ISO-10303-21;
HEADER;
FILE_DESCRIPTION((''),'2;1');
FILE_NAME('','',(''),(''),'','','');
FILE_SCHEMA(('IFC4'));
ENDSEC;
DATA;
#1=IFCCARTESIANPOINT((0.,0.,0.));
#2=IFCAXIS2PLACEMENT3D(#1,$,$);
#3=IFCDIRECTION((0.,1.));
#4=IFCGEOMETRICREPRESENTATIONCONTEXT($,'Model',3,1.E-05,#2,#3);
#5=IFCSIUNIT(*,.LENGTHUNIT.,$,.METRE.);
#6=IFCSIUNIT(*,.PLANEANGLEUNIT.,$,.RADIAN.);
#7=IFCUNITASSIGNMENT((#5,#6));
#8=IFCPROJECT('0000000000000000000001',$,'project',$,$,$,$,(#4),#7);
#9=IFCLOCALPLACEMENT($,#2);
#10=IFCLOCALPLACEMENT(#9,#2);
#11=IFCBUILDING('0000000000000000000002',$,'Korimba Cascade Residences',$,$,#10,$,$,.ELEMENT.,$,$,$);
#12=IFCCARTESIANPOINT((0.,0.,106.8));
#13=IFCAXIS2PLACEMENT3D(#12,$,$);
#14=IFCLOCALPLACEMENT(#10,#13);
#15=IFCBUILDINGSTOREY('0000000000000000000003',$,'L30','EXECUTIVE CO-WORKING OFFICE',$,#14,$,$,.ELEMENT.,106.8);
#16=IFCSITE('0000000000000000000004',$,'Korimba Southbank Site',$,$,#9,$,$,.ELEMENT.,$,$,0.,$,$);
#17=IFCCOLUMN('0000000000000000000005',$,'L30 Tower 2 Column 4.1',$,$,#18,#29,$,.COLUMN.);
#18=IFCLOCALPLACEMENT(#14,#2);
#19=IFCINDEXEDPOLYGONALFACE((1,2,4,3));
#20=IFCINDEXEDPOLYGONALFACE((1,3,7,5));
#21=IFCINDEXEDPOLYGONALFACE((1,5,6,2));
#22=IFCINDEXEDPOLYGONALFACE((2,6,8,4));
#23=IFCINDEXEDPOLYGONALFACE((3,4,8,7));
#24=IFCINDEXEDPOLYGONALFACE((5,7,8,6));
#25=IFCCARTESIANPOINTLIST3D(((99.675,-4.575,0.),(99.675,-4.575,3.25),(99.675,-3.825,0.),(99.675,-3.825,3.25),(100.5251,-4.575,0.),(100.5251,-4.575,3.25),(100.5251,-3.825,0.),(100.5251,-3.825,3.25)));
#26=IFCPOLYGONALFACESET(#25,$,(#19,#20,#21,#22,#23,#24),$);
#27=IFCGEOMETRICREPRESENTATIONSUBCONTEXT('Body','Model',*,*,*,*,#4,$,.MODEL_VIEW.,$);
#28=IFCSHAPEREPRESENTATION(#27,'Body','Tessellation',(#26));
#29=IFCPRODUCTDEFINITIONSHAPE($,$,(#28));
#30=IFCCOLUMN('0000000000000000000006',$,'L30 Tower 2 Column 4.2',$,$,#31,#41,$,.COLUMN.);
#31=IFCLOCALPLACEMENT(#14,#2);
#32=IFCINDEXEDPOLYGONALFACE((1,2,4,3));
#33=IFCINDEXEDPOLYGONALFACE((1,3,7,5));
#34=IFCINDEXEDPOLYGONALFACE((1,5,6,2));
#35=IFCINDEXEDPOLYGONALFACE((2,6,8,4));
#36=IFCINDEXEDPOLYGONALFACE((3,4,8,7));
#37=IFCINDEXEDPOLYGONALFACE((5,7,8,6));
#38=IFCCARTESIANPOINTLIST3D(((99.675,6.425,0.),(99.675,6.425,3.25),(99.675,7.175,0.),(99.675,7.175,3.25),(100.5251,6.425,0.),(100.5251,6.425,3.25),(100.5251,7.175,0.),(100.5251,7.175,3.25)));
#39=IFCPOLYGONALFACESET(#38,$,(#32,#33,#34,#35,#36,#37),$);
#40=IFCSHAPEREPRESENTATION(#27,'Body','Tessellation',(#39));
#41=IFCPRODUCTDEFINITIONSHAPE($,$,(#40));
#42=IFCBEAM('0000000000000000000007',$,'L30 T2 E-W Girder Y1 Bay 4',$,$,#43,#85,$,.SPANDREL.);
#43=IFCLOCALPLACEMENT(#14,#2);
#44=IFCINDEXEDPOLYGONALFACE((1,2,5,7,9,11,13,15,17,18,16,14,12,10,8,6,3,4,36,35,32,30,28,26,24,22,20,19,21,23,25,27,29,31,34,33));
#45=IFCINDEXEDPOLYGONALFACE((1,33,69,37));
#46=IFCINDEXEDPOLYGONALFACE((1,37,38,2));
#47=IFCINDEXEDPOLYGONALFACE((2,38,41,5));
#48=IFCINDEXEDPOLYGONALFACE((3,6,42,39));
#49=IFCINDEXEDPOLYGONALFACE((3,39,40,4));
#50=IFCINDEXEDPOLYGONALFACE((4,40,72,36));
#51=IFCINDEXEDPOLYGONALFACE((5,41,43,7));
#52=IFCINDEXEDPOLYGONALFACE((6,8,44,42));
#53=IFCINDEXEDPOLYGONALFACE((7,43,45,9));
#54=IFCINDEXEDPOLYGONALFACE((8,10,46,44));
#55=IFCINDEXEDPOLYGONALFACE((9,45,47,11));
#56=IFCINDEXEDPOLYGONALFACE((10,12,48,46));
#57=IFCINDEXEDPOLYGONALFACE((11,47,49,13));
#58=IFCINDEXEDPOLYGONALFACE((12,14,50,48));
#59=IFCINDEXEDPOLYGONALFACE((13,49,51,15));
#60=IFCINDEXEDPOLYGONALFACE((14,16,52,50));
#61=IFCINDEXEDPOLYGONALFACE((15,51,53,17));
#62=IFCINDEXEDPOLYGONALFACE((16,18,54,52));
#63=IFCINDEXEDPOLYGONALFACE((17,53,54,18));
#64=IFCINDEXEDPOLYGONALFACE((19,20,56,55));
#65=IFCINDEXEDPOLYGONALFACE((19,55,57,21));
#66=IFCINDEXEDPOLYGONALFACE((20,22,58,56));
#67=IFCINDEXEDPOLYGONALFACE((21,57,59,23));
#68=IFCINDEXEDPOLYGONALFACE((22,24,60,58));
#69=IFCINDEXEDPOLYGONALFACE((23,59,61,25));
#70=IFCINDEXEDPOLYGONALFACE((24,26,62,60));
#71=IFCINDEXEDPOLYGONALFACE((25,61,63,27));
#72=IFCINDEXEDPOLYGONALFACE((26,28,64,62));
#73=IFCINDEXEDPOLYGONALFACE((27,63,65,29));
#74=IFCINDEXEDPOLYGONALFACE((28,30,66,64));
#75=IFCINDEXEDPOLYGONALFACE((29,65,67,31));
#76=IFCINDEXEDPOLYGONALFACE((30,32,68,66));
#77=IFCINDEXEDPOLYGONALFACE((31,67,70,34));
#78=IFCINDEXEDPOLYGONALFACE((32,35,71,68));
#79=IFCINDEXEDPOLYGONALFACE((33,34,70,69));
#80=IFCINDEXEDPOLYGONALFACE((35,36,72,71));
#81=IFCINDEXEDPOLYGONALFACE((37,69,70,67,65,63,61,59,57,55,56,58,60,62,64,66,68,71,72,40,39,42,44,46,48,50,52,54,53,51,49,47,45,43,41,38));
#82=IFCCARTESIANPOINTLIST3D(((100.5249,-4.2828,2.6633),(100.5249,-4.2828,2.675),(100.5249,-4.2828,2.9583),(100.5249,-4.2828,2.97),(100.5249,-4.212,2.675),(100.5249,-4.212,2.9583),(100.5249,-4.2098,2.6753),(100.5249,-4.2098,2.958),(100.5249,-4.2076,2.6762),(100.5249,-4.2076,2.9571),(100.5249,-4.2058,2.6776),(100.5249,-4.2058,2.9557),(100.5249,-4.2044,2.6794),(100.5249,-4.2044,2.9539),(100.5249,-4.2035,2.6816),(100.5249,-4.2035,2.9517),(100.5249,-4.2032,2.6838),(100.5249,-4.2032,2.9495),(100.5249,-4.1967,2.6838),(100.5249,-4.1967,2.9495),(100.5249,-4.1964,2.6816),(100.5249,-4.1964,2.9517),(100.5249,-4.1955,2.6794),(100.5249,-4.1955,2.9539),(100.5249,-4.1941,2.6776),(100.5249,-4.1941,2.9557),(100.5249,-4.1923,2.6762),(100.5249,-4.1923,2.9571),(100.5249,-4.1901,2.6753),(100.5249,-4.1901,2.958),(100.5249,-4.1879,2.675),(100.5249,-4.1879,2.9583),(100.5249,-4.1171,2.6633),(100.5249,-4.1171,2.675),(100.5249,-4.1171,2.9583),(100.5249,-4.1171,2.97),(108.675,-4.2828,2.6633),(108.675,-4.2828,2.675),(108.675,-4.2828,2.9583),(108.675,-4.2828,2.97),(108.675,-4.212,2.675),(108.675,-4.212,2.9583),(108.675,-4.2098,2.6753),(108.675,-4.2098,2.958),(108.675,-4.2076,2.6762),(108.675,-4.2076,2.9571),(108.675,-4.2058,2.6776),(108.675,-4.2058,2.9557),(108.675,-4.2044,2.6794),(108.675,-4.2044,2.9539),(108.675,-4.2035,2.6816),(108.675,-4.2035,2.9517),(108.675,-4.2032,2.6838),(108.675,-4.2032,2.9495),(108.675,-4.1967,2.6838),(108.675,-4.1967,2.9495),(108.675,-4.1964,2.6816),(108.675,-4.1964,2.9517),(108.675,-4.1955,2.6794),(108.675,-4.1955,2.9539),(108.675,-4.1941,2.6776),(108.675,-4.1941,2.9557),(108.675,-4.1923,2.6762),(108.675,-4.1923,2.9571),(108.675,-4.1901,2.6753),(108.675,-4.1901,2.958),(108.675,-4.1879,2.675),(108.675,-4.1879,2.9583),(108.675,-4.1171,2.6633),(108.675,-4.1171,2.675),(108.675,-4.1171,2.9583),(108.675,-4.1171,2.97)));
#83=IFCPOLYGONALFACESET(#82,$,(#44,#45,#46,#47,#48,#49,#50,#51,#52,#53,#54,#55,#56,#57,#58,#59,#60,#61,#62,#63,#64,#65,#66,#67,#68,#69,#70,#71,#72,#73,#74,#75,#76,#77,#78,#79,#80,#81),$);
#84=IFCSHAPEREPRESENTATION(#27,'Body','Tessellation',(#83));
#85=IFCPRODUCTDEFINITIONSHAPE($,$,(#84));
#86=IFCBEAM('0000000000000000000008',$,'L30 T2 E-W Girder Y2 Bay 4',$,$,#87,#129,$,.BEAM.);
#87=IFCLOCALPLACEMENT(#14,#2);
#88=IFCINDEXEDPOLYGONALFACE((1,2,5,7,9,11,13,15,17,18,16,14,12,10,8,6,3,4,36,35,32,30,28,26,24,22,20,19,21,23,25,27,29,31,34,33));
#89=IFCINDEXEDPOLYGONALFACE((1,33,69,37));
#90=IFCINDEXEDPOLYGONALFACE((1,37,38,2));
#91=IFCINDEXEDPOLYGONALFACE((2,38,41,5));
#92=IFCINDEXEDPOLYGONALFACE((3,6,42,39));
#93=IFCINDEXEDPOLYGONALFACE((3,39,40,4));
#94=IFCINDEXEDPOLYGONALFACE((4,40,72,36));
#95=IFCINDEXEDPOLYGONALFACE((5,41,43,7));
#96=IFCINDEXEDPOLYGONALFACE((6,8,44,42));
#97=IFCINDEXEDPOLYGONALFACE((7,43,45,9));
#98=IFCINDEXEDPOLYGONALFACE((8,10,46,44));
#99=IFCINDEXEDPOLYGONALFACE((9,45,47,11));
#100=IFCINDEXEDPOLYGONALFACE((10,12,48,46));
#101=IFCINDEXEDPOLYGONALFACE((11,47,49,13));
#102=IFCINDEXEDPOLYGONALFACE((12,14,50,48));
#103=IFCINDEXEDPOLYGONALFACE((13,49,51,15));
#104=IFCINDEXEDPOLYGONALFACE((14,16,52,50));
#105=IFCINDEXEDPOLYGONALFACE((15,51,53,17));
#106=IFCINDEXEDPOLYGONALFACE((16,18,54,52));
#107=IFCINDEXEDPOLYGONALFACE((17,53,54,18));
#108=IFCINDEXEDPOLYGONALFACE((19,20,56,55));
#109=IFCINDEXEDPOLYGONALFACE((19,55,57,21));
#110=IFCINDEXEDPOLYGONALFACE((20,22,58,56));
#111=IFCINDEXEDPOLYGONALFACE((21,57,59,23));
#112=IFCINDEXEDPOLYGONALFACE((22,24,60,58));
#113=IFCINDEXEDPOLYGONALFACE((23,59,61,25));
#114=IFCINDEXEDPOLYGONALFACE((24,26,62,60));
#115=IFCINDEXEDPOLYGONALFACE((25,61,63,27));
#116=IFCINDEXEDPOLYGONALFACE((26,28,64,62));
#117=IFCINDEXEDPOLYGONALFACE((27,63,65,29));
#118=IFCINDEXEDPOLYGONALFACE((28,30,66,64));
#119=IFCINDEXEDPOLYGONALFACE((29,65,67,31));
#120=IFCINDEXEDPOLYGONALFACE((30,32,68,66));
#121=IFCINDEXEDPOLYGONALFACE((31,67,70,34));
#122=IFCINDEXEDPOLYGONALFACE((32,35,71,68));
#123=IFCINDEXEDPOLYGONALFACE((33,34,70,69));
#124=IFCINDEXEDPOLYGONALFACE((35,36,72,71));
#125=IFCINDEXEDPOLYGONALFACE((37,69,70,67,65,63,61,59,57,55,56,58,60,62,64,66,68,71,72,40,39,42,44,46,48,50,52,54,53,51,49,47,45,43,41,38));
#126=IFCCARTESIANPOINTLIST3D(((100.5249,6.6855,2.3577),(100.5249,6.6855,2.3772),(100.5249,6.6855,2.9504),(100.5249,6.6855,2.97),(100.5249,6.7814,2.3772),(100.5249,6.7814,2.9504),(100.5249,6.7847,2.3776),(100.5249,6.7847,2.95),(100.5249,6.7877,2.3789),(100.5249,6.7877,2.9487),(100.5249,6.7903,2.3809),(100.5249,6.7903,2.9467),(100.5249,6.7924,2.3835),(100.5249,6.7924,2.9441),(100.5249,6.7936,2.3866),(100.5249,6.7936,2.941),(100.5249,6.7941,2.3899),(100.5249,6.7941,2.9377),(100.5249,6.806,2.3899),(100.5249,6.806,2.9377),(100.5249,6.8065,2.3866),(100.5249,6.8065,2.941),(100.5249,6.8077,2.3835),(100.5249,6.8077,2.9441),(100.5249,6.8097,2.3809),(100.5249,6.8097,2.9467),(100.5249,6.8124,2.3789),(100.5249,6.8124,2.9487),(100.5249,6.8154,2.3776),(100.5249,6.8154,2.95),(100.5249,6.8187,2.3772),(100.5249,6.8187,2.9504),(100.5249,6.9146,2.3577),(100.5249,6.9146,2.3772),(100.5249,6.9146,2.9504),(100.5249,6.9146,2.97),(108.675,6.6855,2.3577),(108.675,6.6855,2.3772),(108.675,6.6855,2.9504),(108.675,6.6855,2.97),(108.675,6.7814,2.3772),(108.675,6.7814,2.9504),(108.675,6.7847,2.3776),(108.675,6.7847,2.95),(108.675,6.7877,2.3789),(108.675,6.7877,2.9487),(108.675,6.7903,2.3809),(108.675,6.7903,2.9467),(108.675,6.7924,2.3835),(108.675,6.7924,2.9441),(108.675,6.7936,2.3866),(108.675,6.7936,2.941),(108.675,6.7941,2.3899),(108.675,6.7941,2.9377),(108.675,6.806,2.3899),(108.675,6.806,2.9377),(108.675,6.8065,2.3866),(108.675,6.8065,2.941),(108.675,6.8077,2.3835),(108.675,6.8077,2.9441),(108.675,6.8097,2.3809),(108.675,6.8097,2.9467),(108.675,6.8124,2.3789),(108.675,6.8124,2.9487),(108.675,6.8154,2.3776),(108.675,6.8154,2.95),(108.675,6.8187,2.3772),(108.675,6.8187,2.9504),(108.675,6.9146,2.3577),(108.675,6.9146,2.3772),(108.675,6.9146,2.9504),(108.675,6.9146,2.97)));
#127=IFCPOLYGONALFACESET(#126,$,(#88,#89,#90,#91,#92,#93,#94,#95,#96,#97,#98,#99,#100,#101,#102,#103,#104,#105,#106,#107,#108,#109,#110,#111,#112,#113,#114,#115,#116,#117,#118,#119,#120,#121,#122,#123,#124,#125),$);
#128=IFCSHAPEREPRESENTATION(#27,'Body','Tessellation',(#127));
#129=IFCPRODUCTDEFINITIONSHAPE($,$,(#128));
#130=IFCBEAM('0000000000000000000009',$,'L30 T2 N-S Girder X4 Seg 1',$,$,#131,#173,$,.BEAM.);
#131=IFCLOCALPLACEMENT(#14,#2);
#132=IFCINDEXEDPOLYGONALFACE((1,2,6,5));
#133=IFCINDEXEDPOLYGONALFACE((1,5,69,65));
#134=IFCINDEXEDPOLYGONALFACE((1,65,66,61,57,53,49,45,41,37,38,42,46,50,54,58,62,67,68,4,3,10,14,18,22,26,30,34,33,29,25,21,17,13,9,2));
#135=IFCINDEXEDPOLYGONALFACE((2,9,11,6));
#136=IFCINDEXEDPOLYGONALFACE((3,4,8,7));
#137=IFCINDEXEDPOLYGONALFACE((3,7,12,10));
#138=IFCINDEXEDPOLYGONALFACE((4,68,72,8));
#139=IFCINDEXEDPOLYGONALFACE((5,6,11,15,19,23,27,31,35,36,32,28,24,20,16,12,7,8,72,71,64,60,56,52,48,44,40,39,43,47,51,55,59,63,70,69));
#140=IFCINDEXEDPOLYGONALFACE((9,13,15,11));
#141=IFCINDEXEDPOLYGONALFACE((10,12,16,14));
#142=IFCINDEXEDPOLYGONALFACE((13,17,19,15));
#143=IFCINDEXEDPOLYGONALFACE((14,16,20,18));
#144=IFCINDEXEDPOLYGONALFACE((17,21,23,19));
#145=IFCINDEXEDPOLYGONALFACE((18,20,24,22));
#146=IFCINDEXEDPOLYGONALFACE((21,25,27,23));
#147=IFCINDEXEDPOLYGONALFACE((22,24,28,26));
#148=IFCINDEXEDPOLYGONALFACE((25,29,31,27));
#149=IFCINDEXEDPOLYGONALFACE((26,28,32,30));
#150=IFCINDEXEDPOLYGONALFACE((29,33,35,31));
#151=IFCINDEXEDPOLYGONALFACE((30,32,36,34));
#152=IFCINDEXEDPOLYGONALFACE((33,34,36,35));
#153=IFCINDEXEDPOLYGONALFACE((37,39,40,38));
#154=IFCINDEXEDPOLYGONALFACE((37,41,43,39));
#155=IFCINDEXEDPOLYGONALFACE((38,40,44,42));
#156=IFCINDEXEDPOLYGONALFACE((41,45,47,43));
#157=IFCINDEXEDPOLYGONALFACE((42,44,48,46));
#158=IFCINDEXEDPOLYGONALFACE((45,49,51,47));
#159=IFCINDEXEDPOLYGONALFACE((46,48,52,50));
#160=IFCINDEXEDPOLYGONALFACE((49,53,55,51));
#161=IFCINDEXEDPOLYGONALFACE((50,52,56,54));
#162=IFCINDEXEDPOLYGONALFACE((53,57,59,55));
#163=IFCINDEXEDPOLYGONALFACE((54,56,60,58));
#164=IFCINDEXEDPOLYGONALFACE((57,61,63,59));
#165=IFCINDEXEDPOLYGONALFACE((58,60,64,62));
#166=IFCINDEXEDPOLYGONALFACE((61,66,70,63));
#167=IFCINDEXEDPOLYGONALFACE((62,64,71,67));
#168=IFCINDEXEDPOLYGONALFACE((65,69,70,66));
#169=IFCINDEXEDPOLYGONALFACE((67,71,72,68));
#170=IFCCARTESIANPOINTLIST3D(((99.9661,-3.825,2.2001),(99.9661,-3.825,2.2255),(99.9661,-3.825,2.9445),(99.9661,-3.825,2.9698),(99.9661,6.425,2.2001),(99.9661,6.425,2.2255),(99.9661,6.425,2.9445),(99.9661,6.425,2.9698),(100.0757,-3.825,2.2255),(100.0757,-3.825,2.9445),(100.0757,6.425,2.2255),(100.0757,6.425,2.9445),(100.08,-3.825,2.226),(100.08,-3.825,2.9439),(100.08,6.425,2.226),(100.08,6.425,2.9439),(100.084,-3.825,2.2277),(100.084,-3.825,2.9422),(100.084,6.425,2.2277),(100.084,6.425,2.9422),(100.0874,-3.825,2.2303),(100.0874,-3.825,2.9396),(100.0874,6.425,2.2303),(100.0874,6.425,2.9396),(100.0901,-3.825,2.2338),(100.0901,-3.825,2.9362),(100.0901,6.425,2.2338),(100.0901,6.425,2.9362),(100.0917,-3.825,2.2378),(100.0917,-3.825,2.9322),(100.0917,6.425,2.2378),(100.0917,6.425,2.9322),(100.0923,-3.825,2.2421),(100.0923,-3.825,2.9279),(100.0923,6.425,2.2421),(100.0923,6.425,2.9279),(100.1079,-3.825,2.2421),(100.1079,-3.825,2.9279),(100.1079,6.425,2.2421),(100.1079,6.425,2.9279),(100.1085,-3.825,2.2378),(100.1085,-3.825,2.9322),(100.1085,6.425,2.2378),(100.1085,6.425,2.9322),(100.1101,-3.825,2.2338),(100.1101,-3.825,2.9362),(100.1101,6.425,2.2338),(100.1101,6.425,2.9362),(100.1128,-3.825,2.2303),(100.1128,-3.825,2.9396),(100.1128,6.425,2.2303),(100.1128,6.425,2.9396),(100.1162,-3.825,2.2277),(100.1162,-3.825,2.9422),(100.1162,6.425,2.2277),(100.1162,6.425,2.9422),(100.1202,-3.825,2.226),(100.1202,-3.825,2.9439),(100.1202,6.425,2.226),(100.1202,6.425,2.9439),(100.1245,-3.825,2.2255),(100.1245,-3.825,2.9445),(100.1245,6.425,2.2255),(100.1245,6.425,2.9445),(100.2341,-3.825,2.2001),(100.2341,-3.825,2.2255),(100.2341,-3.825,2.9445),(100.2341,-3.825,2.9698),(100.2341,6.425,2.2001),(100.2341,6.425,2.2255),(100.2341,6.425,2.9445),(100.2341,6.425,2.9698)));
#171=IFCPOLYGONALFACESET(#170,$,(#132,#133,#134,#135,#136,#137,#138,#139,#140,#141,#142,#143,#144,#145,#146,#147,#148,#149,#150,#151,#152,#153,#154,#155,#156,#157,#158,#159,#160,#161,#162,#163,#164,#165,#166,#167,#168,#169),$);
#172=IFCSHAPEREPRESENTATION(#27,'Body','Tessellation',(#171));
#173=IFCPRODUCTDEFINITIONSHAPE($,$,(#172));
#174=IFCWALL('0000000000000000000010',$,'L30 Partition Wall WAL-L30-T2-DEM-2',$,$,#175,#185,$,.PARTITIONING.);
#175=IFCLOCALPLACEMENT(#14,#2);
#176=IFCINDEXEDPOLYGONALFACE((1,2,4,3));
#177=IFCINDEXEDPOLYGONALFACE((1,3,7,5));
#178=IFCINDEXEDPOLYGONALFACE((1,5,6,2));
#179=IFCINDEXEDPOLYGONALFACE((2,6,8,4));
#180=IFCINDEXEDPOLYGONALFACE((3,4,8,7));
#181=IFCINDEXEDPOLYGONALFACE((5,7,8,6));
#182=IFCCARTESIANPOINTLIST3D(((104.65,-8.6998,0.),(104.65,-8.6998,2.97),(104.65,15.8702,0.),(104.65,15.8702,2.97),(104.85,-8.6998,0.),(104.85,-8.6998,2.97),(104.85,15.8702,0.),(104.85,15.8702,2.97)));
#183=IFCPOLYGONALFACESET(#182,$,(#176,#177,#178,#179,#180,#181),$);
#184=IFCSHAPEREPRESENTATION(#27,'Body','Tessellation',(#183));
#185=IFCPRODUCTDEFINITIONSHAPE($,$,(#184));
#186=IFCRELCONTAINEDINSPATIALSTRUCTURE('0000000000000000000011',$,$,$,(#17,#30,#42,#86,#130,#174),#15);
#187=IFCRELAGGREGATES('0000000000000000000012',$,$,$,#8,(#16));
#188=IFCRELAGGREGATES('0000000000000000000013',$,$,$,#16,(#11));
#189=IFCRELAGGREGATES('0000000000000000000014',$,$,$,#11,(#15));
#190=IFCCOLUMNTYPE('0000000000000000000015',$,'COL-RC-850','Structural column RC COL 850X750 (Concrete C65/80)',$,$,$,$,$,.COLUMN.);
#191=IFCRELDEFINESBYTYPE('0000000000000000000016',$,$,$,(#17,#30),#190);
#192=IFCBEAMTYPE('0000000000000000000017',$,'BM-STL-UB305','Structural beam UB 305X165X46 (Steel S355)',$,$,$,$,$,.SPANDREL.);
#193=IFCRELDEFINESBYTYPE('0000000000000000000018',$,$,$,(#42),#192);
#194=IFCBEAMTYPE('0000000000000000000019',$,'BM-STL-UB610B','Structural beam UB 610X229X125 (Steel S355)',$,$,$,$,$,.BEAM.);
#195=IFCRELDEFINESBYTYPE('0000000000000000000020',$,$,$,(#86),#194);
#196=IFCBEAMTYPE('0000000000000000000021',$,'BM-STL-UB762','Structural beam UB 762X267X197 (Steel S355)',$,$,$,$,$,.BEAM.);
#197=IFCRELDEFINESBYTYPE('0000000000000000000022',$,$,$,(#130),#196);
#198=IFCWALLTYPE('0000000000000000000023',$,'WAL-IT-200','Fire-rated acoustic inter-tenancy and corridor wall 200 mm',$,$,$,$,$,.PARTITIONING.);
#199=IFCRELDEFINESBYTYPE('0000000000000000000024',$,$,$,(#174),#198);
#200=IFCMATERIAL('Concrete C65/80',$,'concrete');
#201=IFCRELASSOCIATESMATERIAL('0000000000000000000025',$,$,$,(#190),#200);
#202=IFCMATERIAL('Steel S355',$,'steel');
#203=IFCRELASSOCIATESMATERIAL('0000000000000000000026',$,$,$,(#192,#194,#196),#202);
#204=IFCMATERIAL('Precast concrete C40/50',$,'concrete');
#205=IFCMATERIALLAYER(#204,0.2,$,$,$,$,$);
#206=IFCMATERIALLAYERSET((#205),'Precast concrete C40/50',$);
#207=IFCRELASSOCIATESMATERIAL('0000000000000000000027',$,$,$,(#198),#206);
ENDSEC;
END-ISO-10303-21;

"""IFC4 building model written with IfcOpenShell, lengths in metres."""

from ifc_helpers import new_model, si_unit, direction, frame, frame_2d, origin, origin_2d, place, context, subcontext, project, spatial, rectangle, i_section, extrude, material, layer, layer_set, material_profile, profile_set, type_object, element, save


model = new_model("IFC4")

# Units and contexts
model_context = context("Model", 3, precision=1e-05, world=origin(), true_north=direction((0.0, 1.0)))
body_context = subcontext(model_context, "Body", "Model", "MODEL_VIEW")
ifc_project = project(units=[si_unit("LENGTHUNIT", "METRE"), si_unit("PLANEANGLEUNIT", "RADIAN")], contexts=[model_context])

# Site, building, storey
site_placement = place(None, origin())
site = spatial("IfcSite", under=ifc_project, at=site_placement, Name="Korimba Southbank Site", CompositionType="ELEMENT", RefElevation=0.0)
building_placement = place(site_placement, origin())
building = spatial("IfcBuilding", under=site, at=building_placement, Name="Korimba Cascade Residences", CompositionType="ELEMENT")
storey_placement = place(building_placement, frame((0.0, 0.0, 106.8)))
storey = spatial("IfcBuildingStorey", under=building, at=storey_placement, Name="L30", Description="EXECUTIVE CO-WORKING OFFICE", CompositionType="ELEMENT", Elevation=106.8)

# Columns
ifc_material_1 = material(Name="Concrete C65/80", Category="concrete")
ifc_material_profile_1 = material_profile(ifc_material_1, rectangle(XDim=0.8501, YDim=0.75, at=origin_2d()), Name="Concrete C65/80")
ifc_profile_set_1 = profile_set([ifc_material_profile_1], Name="Concrete C65/80")
column_type = type_object("IfcColumnType", Name="COL-RC-850", Description="Structural column RC COL 850X750 (Concrete C65/80)", PredefinedType="COLUMN", material=ifc_profile_set_1)
for number, where, z_axis, x_axis, name in (
    (1, (100.1001, -4.2, 0.0), (0.0, 0.0, 1.0), (1.0, 0.0, 0.0), "L30 Tower 2 Column 4.1"),
    (2, (100.1001, 6.8, 0.0), (0.0, 0.0, 1.0), (1.0, 0.0, 0.0), "L30 Tower 2 Column 4.2"),
):
    element("IfcColumn", number, at=place(storey_placement, frame(where, z_axis=z_axis, x_axis=x_axis)), inside=storey, type_object=column_type, Name=name, PredefinedType="COLUMN", context=body_context, shape_type="SweptSolid", body=[
        extrude(rectangle(XDim=0.8501, YDim=0.75, at=origin_2d()), origin(), (0.0, 0.0, 1.0), 3.25),
    ])

# Beams
ifc_material_2 = material(Name="Steel S355", Category="steel")
ifc_material_profile_2 = material_profile(ifc_material_2, i_section(OverallWidth=0.1658, OverallDepth=0.3066, WebThickness=0.0066, FlangeThickness=0.0117, FilletRadius=0.0088, at=origin_2d()), Name="Steel S355")
ifc_profile_set_2 = profile_set([ifc_material_profile_2], Name="Steel S355")
beam_type_1 = type_object("IfcBeamType", Name="BM-STL-UB305", Description="Structural beam UB 305X165X46 (Steel S355)", PredefinedType="SPANDREL", material=ifc_profile_set_2)
beam_1_placement = place(storey_placement, frame((100.5249, -4.2, 2.8167), z_axis=(1.0, 0.0, 0.0), x_axis=(0.0, 1.0, 0.0)))
element("IfcBeam", 3, at=beam_1_placement, inside=storey, type_object=beam_type_1, Name="L30 T2 E-W Girder Y1 Bay 4", PredefinedType="SPANDREL", context=body_context, shape_type="SweptSolid", body=[
    extrude(i_section(OverallWidth=0.1658, OverallDepth=0.3066, WebThickness=0.0066, FlangeThickness=0.0117, FilletRadius=0.0088, at=origin_2d()), origin(), (0.0, 0.0, 1.0), 8.1501),
])
ifc_material_profile_3 = material_profile(ifc_material_2, i_section(OverallWidth=0.229, OverallDepth=0.6123, WebThickness=0.012, FlangeThickness=0.0195, FilletRadius=0.0127, at=origin_2d()), Name="Steel S355")
ifc_profile_set_3 = profile_set([ifc_material_profile_3], Name="Steel S355")
beam_type_2 = type_object("IfcBeamType", Name="BM-STL-UB610B", Description="Structural beam UB 610X229X125 (Steel S355)", PredefinedType="BEAM", material=ifc_profile_set_3)
beam_2_placement = place(storey_placement, frame((100.5249, 6.8, 2.6638), z_axis=(1.0, 0.0, 0.0), x_axis=(0.0, 1.0, 0.0)))
element("IfcBeam", 4, at=beam_2_placement, inside=storey, type_object=beam_type_2, Name="L30 T2 E-W Girder Y2 Bay 4", PredefinedType="BEAM", context=body_context, shape_type="SweptSolid", body=[
    extrude(i_section(OverallWidth=0.229, OverallDepth=0.6123, WebThickness=0.012, FlangeThickness=0.0195, FilletRadius=0.0127, at=origin_2d()), origin(), (0.0, 0.0, 1.0), 8.1501),
])
ifc_material_profile_4 = material_profile(ifc_material_2, i_section(OverallWidth=0.2681, OverallDepth=0.7698, WebThickness=0.0156, FlangeThickness=0.0254, FilletRadius=0.0166, at=origin_2d()), Name="Steel S355")
ifc_profile_set_4 = profile_set([ifc_material_profile_4], Name="Steel S355")
beam_type_3 = type_object("IfcBeamType", Name="BM-STL-UB762", Description="Structural beam UB 762X267X197 (Steel S355)", PredefinedType="BEAM", material=ifc_profile_set_4)
beam_3_placement = place(storey_placement, frame((100.1001, -3.825, 2.585), z_axis=(0.0, 1.0, 0.0), x_axis=(-1.0, 0.0, 0.0)))
element("IfcBeam", 5, at=beam_3_placement, inside=storey, type_object=beam_type_3, Name="L30 T2 N-S Girder X4 Seg 1", PredefinedType="BEAM", context=body_context, shape_type="SweptSolid", body=[
    extrude(i_section(OverallWidth=0.2681, OverallDepth=0.7698, WebThickness=0.0156, FlangeThickness=0.0254, FilletRadius=0.0166, at=origin_2d()), origin(), (0.0, 0.0, 1.0), 10.25),
])

# Wall
ifc_material_3 = material(Name="Precast concrete C40/50", Category="concrete")
ifc_layer_1 = layer(ifc_material_3, 0.2)
ifc_layer_set_1 = layer_set([ifc_layer_1], Name="Precast concrete C40/50")
wall_type_1 = type_object("IfcWallType", Name="WAL-IT-200", Description="Fire-rated acoustic inter-tenancy and corridor wall 200 mm", PredefinedType="PARTITIONING", material=ifc_layer_set_1)
wall_1_placement = place(storey_placement, frame((104.75, -8.7, 0.0), z_axis=(0.0, 0.0, 1.0), x_axis=(0.0, 1.0, 0.0)))
element("IfcWall", 6, at=wall_1_placement, inside=storey, type_object=wall_type_1, Name="L30 Partition Wall WAL-L30-T2-DEM-2", PredefinedType="PARTITIONING", context=body_context, shape_type="SweptSolid", body=[
    extrude(rectangle(XDim=24.5701, YDim=0.2, at=frame_2d((12.2852, 0.0))), origin(), (0.0, 0.0, 1.0), 2.97),
])

save(model, "model.ifc")
